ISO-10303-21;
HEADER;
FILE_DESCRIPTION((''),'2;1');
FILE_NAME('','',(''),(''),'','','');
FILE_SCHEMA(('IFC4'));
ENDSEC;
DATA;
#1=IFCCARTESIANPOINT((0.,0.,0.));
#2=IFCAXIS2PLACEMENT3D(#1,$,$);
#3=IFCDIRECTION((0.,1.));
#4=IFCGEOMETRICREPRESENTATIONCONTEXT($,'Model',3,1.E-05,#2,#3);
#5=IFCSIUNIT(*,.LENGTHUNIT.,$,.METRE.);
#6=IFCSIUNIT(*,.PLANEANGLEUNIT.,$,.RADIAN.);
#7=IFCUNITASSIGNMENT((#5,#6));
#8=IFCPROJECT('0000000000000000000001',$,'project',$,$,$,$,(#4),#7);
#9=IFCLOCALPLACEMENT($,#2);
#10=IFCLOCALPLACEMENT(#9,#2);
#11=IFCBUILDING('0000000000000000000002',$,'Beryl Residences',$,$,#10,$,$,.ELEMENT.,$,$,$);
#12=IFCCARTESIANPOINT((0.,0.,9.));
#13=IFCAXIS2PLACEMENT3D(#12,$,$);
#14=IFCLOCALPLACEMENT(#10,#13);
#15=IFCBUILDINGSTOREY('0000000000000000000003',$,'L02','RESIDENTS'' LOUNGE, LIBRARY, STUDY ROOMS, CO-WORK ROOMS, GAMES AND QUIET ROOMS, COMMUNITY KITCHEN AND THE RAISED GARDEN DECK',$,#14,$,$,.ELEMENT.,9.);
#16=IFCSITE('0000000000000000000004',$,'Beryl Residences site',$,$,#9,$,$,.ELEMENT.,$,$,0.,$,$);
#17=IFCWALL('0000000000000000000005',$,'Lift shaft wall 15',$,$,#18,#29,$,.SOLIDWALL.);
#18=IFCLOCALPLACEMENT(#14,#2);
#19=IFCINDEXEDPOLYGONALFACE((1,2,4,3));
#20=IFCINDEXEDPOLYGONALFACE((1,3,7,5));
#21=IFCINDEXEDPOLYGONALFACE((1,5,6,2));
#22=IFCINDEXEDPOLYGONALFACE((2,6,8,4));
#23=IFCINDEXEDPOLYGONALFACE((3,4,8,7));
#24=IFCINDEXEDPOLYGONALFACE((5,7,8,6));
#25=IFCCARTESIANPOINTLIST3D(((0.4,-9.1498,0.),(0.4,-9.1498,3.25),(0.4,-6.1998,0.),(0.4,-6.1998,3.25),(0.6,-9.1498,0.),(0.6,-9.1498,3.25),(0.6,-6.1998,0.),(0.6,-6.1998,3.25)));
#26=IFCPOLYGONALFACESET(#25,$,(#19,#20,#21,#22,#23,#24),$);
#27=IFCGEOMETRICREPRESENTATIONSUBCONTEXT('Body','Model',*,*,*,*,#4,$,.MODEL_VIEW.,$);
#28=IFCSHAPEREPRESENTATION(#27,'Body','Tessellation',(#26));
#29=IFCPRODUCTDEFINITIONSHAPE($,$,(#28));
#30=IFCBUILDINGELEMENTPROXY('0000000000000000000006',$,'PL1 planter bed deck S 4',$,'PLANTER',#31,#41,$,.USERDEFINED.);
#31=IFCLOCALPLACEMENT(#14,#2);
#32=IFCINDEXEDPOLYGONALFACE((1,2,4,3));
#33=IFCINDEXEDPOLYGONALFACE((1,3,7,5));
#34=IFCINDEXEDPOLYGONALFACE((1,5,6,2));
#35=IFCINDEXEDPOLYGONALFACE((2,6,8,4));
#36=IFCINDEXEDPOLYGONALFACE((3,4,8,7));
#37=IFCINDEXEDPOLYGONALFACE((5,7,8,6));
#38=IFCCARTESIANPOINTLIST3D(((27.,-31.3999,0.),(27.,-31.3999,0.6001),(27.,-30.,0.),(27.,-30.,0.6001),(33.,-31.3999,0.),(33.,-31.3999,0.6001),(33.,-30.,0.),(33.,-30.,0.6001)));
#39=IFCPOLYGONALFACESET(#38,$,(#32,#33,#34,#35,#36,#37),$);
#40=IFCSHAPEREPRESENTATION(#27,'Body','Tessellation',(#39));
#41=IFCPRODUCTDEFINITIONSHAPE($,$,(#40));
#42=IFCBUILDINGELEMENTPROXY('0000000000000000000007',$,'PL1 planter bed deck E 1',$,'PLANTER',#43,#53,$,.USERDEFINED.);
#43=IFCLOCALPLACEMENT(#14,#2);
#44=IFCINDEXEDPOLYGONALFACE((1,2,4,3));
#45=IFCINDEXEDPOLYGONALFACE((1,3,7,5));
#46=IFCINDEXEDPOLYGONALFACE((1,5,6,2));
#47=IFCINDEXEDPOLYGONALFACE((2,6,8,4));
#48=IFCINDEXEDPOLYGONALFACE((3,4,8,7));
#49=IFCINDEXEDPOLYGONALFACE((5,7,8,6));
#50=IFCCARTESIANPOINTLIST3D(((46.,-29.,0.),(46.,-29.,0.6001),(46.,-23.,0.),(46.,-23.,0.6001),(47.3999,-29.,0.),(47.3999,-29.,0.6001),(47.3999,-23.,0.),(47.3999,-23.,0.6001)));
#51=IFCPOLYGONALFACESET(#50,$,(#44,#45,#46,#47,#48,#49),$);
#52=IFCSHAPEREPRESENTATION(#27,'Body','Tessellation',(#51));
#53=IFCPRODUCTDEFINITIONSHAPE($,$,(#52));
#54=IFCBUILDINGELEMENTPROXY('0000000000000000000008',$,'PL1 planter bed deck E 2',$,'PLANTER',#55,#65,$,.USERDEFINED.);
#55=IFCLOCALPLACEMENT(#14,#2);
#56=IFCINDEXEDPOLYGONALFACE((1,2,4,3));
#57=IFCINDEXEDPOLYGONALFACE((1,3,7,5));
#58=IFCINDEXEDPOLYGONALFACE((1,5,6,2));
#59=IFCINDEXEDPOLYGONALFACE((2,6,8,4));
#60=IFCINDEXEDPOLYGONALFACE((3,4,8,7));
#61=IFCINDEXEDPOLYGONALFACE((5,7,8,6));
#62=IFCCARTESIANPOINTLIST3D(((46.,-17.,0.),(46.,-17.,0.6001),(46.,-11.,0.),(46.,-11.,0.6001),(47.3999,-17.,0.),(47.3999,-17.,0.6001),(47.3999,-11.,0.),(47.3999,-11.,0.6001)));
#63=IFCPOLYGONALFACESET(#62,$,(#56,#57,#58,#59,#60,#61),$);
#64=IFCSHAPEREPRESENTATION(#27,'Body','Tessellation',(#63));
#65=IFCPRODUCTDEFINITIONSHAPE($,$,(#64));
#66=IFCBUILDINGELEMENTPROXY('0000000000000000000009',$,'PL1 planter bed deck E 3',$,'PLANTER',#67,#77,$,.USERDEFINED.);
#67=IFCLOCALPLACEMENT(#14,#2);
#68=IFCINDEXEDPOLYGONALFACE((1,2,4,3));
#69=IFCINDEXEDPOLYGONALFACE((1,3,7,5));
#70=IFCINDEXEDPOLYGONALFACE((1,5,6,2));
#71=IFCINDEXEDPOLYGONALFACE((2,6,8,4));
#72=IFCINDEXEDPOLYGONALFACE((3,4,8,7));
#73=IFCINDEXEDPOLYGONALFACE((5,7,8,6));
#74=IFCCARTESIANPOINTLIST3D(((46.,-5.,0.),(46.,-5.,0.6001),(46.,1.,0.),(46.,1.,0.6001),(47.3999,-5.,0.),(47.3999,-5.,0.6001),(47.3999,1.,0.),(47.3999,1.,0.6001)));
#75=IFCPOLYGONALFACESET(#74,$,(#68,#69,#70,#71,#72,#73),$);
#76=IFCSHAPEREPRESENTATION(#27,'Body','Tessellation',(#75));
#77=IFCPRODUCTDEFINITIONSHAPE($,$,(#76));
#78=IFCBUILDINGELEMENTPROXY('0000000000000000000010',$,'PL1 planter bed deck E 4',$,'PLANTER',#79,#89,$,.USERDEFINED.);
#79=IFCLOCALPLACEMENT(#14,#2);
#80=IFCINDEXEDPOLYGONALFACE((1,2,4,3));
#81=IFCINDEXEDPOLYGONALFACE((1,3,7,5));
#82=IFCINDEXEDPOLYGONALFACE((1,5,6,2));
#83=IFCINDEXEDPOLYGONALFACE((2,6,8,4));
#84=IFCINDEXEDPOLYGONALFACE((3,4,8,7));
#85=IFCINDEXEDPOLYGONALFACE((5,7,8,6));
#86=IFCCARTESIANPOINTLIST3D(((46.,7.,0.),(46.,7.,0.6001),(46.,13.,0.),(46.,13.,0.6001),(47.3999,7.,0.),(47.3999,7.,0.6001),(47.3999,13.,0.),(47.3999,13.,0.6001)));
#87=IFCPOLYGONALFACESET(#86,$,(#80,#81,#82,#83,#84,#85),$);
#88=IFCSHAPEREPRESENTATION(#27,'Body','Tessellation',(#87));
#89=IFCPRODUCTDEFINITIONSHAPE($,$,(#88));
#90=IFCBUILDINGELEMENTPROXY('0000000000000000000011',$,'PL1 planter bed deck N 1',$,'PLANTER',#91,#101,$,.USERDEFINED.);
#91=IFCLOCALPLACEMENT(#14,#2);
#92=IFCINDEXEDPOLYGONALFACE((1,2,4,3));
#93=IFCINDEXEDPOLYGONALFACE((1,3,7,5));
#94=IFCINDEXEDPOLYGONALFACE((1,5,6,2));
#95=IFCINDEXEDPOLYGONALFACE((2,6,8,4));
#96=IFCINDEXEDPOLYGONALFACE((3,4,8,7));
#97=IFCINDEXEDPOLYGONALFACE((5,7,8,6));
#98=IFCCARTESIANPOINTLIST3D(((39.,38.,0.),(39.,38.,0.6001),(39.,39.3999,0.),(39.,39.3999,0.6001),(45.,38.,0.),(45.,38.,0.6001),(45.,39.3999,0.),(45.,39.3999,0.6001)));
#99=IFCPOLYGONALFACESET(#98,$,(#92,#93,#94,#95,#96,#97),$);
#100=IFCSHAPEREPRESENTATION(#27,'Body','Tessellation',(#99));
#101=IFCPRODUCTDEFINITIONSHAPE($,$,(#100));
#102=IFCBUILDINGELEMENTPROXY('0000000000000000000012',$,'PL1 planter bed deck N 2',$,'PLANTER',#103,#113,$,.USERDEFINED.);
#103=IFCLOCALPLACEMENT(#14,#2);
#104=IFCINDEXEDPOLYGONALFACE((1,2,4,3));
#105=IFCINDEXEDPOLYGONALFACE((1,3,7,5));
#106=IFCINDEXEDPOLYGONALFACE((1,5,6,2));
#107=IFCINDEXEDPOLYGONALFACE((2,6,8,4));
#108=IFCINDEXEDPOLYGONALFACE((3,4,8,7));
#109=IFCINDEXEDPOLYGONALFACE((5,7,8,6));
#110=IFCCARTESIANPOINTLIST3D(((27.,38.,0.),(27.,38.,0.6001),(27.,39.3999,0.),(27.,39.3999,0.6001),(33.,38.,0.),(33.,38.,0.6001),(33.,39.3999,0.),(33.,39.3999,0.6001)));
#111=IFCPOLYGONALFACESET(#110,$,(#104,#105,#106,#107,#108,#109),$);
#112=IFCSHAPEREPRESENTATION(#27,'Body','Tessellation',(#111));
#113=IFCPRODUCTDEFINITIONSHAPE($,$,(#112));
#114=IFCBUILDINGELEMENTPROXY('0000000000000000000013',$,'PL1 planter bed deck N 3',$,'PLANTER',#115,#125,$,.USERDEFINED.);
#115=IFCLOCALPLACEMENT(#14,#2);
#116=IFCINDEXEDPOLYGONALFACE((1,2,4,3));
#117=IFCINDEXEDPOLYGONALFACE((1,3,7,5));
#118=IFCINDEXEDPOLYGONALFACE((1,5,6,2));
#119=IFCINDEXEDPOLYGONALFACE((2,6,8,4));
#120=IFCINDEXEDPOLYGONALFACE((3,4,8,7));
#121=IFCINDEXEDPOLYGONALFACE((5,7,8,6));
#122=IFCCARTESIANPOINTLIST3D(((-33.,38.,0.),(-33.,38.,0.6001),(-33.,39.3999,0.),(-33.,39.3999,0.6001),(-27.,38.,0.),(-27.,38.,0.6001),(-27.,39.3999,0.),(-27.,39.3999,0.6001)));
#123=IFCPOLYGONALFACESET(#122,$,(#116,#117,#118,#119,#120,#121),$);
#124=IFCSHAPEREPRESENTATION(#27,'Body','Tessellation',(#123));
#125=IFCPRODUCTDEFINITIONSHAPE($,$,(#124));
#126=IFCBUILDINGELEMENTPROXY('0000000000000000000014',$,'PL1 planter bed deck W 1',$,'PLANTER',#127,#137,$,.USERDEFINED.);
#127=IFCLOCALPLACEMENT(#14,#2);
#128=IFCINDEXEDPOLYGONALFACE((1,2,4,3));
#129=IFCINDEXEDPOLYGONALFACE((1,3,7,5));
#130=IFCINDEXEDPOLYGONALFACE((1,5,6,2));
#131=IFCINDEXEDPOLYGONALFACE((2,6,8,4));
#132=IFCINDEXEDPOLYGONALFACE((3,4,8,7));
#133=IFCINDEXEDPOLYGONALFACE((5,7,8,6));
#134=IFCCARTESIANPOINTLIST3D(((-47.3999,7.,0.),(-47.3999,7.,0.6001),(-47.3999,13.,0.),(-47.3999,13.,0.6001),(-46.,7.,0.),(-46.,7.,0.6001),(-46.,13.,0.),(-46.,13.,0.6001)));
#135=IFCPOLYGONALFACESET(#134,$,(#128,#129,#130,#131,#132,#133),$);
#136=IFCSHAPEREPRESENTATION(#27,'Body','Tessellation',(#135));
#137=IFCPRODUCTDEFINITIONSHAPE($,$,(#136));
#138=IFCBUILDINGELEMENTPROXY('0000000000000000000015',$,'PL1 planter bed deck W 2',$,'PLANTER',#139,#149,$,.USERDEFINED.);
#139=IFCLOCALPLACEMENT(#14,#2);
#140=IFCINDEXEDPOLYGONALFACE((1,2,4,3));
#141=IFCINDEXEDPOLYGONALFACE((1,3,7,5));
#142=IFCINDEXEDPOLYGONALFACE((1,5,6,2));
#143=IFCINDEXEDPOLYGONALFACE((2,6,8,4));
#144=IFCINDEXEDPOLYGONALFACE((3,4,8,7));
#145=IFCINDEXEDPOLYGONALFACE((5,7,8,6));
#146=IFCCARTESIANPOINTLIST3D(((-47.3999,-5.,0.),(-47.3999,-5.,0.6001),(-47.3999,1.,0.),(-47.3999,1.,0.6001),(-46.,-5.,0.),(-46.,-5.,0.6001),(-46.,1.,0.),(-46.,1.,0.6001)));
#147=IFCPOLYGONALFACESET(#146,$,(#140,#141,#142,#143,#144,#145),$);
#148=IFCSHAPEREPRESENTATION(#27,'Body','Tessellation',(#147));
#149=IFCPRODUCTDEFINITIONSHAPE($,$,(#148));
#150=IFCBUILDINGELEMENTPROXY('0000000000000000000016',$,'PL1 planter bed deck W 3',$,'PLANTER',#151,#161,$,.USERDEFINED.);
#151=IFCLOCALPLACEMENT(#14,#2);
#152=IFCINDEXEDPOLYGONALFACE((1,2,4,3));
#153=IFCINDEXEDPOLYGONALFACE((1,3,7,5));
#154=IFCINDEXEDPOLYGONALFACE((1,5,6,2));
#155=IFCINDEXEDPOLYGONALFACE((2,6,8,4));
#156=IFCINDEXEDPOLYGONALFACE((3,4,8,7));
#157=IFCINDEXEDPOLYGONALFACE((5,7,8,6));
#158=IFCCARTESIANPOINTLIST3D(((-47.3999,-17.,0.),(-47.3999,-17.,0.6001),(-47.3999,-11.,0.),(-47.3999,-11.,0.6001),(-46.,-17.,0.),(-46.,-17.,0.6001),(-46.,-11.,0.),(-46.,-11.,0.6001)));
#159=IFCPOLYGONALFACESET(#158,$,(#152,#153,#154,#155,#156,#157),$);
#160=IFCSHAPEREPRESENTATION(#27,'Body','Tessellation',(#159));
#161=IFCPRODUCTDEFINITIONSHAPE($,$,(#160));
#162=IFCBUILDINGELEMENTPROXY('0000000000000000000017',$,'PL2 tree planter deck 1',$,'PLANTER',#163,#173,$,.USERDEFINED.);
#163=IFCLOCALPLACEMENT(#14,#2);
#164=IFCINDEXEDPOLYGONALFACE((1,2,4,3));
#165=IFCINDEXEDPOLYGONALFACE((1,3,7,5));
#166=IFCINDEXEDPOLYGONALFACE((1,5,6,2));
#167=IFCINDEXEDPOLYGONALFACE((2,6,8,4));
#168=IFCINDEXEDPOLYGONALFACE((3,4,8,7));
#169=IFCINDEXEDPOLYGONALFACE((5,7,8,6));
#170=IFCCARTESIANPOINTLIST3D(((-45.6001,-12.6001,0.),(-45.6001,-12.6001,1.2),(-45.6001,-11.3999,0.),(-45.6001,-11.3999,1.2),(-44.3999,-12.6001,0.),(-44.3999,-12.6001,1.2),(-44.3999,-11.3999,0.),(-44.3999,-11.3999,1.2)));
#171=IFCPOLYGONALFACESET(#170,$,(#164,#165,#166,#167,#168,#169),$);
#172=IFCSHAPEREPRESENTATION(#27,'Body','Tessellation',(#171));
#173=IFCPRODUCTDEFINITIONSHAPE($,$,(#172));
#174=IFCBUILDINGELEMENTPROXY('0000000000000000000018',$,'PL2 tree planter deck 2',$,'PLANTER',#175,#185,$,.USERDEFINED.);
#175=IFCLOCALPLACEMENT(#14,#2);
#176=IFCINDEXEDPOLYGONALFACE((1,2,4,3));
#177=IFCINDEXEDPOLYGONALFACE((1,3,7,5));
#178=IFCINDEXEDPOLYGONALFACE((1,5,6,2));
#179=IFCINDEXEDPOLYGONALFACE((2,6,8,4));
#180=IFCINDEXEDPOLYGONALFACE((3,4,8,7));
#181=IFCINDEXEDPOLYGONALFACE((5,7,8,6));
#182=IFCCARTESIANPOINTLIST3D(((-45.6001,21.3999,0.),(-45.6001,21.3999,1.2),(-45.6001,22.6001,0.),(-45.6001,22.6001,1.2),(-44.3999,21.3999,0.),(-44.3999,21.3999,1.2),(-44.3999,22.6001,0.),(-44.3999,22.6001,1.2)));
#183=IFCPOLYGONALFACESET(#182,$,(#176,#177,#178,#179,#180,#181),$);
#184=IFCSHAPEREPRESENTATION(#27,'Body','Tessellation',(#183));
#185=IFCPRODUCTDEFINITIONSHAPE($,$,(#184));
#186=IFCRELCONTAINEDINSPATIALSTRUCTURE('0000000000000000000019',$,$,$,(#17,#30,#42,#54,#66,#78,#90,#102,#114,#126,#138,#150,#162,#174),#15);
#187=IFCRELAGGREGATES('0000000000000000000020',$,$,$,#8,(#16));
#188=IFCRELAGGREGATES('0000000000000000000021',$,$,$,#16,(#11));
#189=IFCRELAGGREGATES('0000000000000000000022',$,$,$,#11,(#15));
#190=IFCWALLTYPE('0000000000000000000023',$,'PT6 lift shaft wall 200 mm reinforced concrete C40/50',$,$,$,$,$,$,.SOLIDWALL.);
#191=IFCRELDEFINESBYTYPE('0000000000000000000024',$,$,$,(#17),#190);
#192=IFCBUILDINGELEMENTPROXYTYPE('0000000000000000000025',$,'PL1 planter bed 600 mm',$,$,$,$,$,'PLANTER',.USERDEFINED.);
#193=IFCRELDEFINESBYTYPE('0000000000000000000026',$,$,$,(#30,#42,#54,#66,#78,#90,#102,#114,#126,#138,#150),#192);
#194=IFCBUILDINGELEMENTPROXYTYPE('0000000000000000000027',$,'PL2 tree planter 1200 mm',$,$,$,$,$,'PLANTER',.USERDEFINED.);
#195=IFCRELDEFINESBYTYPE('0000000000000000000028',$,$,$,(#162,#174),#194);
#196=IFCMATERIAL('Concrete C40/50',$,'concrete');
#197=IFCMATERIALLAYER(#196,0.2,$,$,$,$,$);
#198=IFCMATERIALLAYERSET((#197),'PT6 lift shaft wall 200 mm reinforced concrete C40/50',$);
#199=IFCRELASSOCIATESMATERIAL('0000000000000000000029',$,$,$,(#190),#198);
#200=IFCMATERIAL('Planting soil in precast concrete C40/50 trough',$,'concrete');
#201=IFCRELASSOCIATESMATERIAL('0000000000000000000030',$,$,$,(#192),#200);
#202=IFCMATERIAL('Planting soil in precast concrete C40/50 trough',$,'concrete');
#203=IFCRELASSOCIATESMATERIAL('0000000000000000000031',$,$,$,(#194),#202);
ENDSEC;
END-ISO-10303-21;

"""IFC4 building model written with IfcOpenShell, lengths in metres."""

from ifc_helpers import new_model, si_unit, direction, frame, frame_2d, origin, place, context, subcontext, project, spatial, polyline, rectangle, outline, extrude, material, layer, layer_set, type_object, element, save


model = new_model("IFC4")

# Units and contexts
model_context = context("Model", 3, precision=1e-05, world=origin(), true_north=direction((0.0, 1.0)))
body_context = subcontext(model_context, "Body", "Model", "MODEL_VIEW")
ifc_project = project(units=[si_unit("LENGTHUNIT", "METRE"), si_unit("PLANEANGLEUNIT", "RADIAN")], contexts=[model_context])

# Site, building, storey
site_placement = place(None, origin())
site = spatial("IfcSite", under=ifc_project, at=site_placement, Name="Beryl Residences site", CompositionType="ELEMENT", RefElevation=0.0)
building_placement = place(site_placement, origin())
building = spatial("IfcBuilding", under=site, at=building_placement, Name="Beryl Residences", CompositionType="ELEMENT")
storey_placement = place(building_placement, frame((0.0, 0.0, 9.0)))
storey = spatial("IfcBuildingStorey", under=building, at=storey_placement, Name="L02", Description="RESIDENTS' LOUNGE, LIBRARY, STUDY ROOMS, CO-WORK ROOMS, GAMES AND QUIET ROOMS, COMMUNITY KITCHEN AND THE RAISED GARDEN DECK", CompositionType="ELEMENT", Elevation=9.0)

# Wall
ifc_material_1 = material(Name="Concrete C40/50", Category="concrete")
ifc_layer = layer(ifc_material_1, 0.2)
ifc_layer_set = layer_set([ifc_layer], Name="PT6 lift shaft wall 200 mm reinforced concrete C40/50")
wall_type = type_object("IfcWallType", Name="PT6 lift shaft wall 200 mm reinforced concrete C40/50", PredefinedType="SOLIDWALL", material=ifc_layer_set)
wall_placement = place(storey_placement, frame((0.5, -9.1499, 0.0), z_axis=(0.0, 0.0, 1.0), x_axis=(0.0, 1.0, 0.0)))
element("IfcWall", 1, at=wall_placement, inside=storey, type_object=wall_type, Name="Lift shaft wall 15", PredefinedType="SOLIDWALL", context=body_context, shape_type="SweptSolid", body=[
    extrude(rectangle(XDim=2.95, YDim=0.2, at=frame_2d((1.4751, 0.0))), origin(), (0.0, 0.0, 1.0), 3.25),
])

# Building element proxies
ifc_material_2 = material(Name="Planting soil in precast concrete C40/50 trough", Category="concrete")
building_element_proxy_type_1 = type_object("IfcBuildingElementProxyType", Name="PL1 planter bed 600 mm", ElementType="PLANTER", PredefinedType="USERDEFINED", material=ifc_material_2)
proxy_1_placement = place(storey_placement, origin())
element("IfcBuildingElementProxy", 2, at=proxy_1_placement, inside=storey, type_object=building_element_proxy_type_1, Name="PL1 planter bed deck S 4", ObjectType="PLANTER", PredefinedType="USERDEFINED", context=body_context, shape_type="SweptSolid", body=[
    extrude(outline(polyline([(27.0, -31.3999), (33.0, -31.3999), (33.0, -30.0), (27.0, -30.0), (27.0, -31.3999)])), origin(), (0.0, 0.0, 1.0), 0.6001),
])
proxy_2_placement = place(storey_placement, origin())
element("IfcBuildingElementProxy", 3, at=proxy_2_placement, inside=storey, type_object=building_element_proxy_type_1, Name="PL1 planter bed deck E 1", ObjectType="PLANTER", PredefinedType="USERDEFINED", context=body_context, shape_type="SweptSolid", body=[
    extrude(outline(polyline([(47.3999, -29.0), (47.3999, -23.0), (46.0, -23.0), (46.0, -29.0), (47.3999, -29.0)])), origin(), (0.0, 0.0, 1.0), 0.6001),
])
proxy_3_placement = place(storey_placement, origin())
element("IfcBuildingElementProxy", 4, at=proxy_3_placement, inside=storey, type_object=building_element_proxy_type_1, Name="PL1 planter bed deck E 2", ObjectType="PLANTER", PredefinedType="USERDEFINED", context=body_context, shape_type="SweptSolid", body=[
    extrude(outline(polyline([(47.3999, -17.0), (47.3999, -11.0), (46.0, -11.0), (46.0, -17.0), (47.3999, -17.0)])), origin(), (0.0, 0.0, 1.0), 0.6001),
])
proxy_4_placement = place(storey_placement, origin())
element("IfcBuildingElementProxy", 5, at=proxy_4_placement, inside=storey, type_object=building_element_proxy_type_1, Name="PL1 planter bed deck E 3", ObjectType="PLANTER", PredefinedType="USERDEFINED", context=body_context, shape_type="SweptSolid", body=[
    extrude(outline(polyline([(47.3999, -5.0), (47.3999, 1.0), (46.0, 1.0), (46.0, -5.0), (47.3999, -5.0)])), origin(), (0.0, 0.0, 1.0), 0.6001),
])
proxy_5_placement = place(storey_placement, origin())
element("IfcBuildingElementProxy", 6, at=proxy_5_placement, inside=storey, type_object=building_element_proxy_type_1, Name="PL1 planter bed deck E 4", ObjectType="PLANTER", PredefinedType="USERDEFINED", context=body_context, shape_type="SweptSolid", body=[
    extrude(outline(polyline([(47.3999, 7.0), (47.3999, 13.0), (46.0, 13.0), (46.0, 7.0), (47.3999, 7.0)])), origin(), (0.0, 0.0, 1.0), 0.6001),
])
proxy_6_placement = place(storey_placement, origin())
element("IfcBuildingElementProxy", 7, at=proxy_6_placement, inside=storey, type_object=building_element_proxy_type_1, Name="PL1 planter bed deck N 1", ObjectType="PLANTER", PredefinedType="USERDEFINED", context=body_context, shape_type="SweptSolid", body=[
    extrude(outline(polyline([(45.0, 39.3999), (39.0, 39.3999), (39.0, 38.0), (45.0, 38.0), (45.0, 39.3999)])), origin(), (0.0, 0.0, 1.0), 0.6001),
])
proxy_7_placement = place(storey_placement, origin())
element("IfcBuildingElementProxy", 8, at=proxy_7_placement, inside=storey, type_object=building_element_proxy_type_1, Name="PL1 planter bed deck N 2", ObjectType="PLANTER", PredefinedType="USERDEFINED", context=body_context, shape_type="SweptSolid", body=[
    extrude(outline(polyline([(33.0, 39.3999), (27.0, 39.3999), (27.0, 38.0), (33.0, 38.0), (33.0, 39.3999)])), origin(), (0.0, 0.0, 1.0), 0.6001),
])
proxy_8_placement = place(storey_placement, origin())
element("IfcBuildingElementProxy", 9, at=proxy_8_placement, inside=storey, type_object=building_element_proxy_type_1, Name="PL1 planter bed deck N 3", ObjectType="PLANTER", PredefinedType="USERDEFINED", context=body_context, shape_type="SweptSolid", body=[
    extrude(outline(polyline([(-27.0, 39.3999), (-33.0, 39.3999), (-33.0, 38.0), (-27.0, 38.0), (-27.0, 39.3999)])), origin(), (0.0, 0.0, 1.0), 0.6001),
])
proxy_9_placement = place(storey_placement, origin())
element("IfcBuildingElementProxy", 10, at=proxy_9_placement, inside=storey, type_object=building_element_proxy_type_1, Name="PL1 planter bed deck W 1", ObjectType="PLANTER", PredefinedType="USERDEFINED", context=body_context, shape_type="SweptSolid", body=[
    extrude(outline(polyline([(-47.3999, 13.0), (-47.3999, 7.0), (-46.0, 7.0), (-46.0, 13.0), (-47.3999, 13.0)])), origin(), (0.0, 0.0, 1.0), 0.6001),
])
proxy_10_placement = place(storey_placement, origin())
element("IfcBuildingElementProxy", 11, at=proxy_10_placement, inside=storey, type_object=building_element_proxy_type_1, Name="PL1 planter bed deck W 2", ObjectType="PLANTER", PredefinedType="USERDEFINED", context=body_context, shape_type="SweptSolid", body=[
    extrude(outline(polyline([(-47.3999, 1.0), (-47.3999, -5.0), (-46.0, -5.0), (-46.0, 1.0), (-47.3999, 1.0)])), origin(), (0.0, 0.0, 1.0), 0.6001),
])
proxy_11_placement = place(storey_placement, origin())
element("IfcBuildingElementProxy", 12, at=proxy_11_placement, inside=storey, type_object=building_element_proxy_type_1, Name="PL1 planter bed deck W 3", ObjectType="PLANTER", PredefinedType="USERDEFINED", context=body_context, shape_type="SweptSolid", body=[
    extrude(outline(polyline([(-47.3999, -11.0), (-47.3999, -17.0), (-46.0, -17.0), (-46.0, -11.0), (-47.3999, -11.0)])), origin(), (0.0, 0.0, 1.0), 0.6001),
])
ifc_material_3 = material(Name="Planting soil in precast concrete C40/50 trough", Category="concrete")
building_element_proxy_type_2 = type_object("IfcBuildingElementProxyType", Name="PL2 tree planter 1200 mm", ElementType="PLANTER", PredefinedType="USERDEFINED", material=ifc_material_3)
proxy_12_placement = place(storey_placement, origin())
element("IfcBuildingElementProxy", 13, at=proxy_12_placement, inside=storey, type_object=building_element_proxy_type_2, Name="PL2 tree planter deck 1", ObjectType="PLANTER", PredefinedType="USERDEFINED", context=body_context, shape_type="SweptSolid", body=[
    extrude(outline(polyline([(-44.3999, -12.6001), (-44.3999, -11.3999), (-45.6001, -11.3999), (-45.6001, -12.6001), (-44.3999, -12.6001)])), origin(), (0.0, 0.0, 1.0), 1.2),
])
proxy_13_placement = place(storey_placement, origin())
element("IfcBuildingElementProxy", 14, at=proxy_13_placement, inside=storey, type_object=building_element_proxy_type_2, Name="PL2 tree planter deck 2", ObjectType="PLANTER", PredefinedType="USERDEFINED", context=body_context, shape_type="SweptSolid", body=[
    extrude(outline(polyline([(-44.3999, 21.3999), (-44.3999, 22.6001), (-45.6001, 22.6001), (-45.6001, 21.3999), (-44.3999, 21.3999)])), origin(), (0.0, 0.0, 1.0), 1.2),
])

save(model, "model.ifc")
